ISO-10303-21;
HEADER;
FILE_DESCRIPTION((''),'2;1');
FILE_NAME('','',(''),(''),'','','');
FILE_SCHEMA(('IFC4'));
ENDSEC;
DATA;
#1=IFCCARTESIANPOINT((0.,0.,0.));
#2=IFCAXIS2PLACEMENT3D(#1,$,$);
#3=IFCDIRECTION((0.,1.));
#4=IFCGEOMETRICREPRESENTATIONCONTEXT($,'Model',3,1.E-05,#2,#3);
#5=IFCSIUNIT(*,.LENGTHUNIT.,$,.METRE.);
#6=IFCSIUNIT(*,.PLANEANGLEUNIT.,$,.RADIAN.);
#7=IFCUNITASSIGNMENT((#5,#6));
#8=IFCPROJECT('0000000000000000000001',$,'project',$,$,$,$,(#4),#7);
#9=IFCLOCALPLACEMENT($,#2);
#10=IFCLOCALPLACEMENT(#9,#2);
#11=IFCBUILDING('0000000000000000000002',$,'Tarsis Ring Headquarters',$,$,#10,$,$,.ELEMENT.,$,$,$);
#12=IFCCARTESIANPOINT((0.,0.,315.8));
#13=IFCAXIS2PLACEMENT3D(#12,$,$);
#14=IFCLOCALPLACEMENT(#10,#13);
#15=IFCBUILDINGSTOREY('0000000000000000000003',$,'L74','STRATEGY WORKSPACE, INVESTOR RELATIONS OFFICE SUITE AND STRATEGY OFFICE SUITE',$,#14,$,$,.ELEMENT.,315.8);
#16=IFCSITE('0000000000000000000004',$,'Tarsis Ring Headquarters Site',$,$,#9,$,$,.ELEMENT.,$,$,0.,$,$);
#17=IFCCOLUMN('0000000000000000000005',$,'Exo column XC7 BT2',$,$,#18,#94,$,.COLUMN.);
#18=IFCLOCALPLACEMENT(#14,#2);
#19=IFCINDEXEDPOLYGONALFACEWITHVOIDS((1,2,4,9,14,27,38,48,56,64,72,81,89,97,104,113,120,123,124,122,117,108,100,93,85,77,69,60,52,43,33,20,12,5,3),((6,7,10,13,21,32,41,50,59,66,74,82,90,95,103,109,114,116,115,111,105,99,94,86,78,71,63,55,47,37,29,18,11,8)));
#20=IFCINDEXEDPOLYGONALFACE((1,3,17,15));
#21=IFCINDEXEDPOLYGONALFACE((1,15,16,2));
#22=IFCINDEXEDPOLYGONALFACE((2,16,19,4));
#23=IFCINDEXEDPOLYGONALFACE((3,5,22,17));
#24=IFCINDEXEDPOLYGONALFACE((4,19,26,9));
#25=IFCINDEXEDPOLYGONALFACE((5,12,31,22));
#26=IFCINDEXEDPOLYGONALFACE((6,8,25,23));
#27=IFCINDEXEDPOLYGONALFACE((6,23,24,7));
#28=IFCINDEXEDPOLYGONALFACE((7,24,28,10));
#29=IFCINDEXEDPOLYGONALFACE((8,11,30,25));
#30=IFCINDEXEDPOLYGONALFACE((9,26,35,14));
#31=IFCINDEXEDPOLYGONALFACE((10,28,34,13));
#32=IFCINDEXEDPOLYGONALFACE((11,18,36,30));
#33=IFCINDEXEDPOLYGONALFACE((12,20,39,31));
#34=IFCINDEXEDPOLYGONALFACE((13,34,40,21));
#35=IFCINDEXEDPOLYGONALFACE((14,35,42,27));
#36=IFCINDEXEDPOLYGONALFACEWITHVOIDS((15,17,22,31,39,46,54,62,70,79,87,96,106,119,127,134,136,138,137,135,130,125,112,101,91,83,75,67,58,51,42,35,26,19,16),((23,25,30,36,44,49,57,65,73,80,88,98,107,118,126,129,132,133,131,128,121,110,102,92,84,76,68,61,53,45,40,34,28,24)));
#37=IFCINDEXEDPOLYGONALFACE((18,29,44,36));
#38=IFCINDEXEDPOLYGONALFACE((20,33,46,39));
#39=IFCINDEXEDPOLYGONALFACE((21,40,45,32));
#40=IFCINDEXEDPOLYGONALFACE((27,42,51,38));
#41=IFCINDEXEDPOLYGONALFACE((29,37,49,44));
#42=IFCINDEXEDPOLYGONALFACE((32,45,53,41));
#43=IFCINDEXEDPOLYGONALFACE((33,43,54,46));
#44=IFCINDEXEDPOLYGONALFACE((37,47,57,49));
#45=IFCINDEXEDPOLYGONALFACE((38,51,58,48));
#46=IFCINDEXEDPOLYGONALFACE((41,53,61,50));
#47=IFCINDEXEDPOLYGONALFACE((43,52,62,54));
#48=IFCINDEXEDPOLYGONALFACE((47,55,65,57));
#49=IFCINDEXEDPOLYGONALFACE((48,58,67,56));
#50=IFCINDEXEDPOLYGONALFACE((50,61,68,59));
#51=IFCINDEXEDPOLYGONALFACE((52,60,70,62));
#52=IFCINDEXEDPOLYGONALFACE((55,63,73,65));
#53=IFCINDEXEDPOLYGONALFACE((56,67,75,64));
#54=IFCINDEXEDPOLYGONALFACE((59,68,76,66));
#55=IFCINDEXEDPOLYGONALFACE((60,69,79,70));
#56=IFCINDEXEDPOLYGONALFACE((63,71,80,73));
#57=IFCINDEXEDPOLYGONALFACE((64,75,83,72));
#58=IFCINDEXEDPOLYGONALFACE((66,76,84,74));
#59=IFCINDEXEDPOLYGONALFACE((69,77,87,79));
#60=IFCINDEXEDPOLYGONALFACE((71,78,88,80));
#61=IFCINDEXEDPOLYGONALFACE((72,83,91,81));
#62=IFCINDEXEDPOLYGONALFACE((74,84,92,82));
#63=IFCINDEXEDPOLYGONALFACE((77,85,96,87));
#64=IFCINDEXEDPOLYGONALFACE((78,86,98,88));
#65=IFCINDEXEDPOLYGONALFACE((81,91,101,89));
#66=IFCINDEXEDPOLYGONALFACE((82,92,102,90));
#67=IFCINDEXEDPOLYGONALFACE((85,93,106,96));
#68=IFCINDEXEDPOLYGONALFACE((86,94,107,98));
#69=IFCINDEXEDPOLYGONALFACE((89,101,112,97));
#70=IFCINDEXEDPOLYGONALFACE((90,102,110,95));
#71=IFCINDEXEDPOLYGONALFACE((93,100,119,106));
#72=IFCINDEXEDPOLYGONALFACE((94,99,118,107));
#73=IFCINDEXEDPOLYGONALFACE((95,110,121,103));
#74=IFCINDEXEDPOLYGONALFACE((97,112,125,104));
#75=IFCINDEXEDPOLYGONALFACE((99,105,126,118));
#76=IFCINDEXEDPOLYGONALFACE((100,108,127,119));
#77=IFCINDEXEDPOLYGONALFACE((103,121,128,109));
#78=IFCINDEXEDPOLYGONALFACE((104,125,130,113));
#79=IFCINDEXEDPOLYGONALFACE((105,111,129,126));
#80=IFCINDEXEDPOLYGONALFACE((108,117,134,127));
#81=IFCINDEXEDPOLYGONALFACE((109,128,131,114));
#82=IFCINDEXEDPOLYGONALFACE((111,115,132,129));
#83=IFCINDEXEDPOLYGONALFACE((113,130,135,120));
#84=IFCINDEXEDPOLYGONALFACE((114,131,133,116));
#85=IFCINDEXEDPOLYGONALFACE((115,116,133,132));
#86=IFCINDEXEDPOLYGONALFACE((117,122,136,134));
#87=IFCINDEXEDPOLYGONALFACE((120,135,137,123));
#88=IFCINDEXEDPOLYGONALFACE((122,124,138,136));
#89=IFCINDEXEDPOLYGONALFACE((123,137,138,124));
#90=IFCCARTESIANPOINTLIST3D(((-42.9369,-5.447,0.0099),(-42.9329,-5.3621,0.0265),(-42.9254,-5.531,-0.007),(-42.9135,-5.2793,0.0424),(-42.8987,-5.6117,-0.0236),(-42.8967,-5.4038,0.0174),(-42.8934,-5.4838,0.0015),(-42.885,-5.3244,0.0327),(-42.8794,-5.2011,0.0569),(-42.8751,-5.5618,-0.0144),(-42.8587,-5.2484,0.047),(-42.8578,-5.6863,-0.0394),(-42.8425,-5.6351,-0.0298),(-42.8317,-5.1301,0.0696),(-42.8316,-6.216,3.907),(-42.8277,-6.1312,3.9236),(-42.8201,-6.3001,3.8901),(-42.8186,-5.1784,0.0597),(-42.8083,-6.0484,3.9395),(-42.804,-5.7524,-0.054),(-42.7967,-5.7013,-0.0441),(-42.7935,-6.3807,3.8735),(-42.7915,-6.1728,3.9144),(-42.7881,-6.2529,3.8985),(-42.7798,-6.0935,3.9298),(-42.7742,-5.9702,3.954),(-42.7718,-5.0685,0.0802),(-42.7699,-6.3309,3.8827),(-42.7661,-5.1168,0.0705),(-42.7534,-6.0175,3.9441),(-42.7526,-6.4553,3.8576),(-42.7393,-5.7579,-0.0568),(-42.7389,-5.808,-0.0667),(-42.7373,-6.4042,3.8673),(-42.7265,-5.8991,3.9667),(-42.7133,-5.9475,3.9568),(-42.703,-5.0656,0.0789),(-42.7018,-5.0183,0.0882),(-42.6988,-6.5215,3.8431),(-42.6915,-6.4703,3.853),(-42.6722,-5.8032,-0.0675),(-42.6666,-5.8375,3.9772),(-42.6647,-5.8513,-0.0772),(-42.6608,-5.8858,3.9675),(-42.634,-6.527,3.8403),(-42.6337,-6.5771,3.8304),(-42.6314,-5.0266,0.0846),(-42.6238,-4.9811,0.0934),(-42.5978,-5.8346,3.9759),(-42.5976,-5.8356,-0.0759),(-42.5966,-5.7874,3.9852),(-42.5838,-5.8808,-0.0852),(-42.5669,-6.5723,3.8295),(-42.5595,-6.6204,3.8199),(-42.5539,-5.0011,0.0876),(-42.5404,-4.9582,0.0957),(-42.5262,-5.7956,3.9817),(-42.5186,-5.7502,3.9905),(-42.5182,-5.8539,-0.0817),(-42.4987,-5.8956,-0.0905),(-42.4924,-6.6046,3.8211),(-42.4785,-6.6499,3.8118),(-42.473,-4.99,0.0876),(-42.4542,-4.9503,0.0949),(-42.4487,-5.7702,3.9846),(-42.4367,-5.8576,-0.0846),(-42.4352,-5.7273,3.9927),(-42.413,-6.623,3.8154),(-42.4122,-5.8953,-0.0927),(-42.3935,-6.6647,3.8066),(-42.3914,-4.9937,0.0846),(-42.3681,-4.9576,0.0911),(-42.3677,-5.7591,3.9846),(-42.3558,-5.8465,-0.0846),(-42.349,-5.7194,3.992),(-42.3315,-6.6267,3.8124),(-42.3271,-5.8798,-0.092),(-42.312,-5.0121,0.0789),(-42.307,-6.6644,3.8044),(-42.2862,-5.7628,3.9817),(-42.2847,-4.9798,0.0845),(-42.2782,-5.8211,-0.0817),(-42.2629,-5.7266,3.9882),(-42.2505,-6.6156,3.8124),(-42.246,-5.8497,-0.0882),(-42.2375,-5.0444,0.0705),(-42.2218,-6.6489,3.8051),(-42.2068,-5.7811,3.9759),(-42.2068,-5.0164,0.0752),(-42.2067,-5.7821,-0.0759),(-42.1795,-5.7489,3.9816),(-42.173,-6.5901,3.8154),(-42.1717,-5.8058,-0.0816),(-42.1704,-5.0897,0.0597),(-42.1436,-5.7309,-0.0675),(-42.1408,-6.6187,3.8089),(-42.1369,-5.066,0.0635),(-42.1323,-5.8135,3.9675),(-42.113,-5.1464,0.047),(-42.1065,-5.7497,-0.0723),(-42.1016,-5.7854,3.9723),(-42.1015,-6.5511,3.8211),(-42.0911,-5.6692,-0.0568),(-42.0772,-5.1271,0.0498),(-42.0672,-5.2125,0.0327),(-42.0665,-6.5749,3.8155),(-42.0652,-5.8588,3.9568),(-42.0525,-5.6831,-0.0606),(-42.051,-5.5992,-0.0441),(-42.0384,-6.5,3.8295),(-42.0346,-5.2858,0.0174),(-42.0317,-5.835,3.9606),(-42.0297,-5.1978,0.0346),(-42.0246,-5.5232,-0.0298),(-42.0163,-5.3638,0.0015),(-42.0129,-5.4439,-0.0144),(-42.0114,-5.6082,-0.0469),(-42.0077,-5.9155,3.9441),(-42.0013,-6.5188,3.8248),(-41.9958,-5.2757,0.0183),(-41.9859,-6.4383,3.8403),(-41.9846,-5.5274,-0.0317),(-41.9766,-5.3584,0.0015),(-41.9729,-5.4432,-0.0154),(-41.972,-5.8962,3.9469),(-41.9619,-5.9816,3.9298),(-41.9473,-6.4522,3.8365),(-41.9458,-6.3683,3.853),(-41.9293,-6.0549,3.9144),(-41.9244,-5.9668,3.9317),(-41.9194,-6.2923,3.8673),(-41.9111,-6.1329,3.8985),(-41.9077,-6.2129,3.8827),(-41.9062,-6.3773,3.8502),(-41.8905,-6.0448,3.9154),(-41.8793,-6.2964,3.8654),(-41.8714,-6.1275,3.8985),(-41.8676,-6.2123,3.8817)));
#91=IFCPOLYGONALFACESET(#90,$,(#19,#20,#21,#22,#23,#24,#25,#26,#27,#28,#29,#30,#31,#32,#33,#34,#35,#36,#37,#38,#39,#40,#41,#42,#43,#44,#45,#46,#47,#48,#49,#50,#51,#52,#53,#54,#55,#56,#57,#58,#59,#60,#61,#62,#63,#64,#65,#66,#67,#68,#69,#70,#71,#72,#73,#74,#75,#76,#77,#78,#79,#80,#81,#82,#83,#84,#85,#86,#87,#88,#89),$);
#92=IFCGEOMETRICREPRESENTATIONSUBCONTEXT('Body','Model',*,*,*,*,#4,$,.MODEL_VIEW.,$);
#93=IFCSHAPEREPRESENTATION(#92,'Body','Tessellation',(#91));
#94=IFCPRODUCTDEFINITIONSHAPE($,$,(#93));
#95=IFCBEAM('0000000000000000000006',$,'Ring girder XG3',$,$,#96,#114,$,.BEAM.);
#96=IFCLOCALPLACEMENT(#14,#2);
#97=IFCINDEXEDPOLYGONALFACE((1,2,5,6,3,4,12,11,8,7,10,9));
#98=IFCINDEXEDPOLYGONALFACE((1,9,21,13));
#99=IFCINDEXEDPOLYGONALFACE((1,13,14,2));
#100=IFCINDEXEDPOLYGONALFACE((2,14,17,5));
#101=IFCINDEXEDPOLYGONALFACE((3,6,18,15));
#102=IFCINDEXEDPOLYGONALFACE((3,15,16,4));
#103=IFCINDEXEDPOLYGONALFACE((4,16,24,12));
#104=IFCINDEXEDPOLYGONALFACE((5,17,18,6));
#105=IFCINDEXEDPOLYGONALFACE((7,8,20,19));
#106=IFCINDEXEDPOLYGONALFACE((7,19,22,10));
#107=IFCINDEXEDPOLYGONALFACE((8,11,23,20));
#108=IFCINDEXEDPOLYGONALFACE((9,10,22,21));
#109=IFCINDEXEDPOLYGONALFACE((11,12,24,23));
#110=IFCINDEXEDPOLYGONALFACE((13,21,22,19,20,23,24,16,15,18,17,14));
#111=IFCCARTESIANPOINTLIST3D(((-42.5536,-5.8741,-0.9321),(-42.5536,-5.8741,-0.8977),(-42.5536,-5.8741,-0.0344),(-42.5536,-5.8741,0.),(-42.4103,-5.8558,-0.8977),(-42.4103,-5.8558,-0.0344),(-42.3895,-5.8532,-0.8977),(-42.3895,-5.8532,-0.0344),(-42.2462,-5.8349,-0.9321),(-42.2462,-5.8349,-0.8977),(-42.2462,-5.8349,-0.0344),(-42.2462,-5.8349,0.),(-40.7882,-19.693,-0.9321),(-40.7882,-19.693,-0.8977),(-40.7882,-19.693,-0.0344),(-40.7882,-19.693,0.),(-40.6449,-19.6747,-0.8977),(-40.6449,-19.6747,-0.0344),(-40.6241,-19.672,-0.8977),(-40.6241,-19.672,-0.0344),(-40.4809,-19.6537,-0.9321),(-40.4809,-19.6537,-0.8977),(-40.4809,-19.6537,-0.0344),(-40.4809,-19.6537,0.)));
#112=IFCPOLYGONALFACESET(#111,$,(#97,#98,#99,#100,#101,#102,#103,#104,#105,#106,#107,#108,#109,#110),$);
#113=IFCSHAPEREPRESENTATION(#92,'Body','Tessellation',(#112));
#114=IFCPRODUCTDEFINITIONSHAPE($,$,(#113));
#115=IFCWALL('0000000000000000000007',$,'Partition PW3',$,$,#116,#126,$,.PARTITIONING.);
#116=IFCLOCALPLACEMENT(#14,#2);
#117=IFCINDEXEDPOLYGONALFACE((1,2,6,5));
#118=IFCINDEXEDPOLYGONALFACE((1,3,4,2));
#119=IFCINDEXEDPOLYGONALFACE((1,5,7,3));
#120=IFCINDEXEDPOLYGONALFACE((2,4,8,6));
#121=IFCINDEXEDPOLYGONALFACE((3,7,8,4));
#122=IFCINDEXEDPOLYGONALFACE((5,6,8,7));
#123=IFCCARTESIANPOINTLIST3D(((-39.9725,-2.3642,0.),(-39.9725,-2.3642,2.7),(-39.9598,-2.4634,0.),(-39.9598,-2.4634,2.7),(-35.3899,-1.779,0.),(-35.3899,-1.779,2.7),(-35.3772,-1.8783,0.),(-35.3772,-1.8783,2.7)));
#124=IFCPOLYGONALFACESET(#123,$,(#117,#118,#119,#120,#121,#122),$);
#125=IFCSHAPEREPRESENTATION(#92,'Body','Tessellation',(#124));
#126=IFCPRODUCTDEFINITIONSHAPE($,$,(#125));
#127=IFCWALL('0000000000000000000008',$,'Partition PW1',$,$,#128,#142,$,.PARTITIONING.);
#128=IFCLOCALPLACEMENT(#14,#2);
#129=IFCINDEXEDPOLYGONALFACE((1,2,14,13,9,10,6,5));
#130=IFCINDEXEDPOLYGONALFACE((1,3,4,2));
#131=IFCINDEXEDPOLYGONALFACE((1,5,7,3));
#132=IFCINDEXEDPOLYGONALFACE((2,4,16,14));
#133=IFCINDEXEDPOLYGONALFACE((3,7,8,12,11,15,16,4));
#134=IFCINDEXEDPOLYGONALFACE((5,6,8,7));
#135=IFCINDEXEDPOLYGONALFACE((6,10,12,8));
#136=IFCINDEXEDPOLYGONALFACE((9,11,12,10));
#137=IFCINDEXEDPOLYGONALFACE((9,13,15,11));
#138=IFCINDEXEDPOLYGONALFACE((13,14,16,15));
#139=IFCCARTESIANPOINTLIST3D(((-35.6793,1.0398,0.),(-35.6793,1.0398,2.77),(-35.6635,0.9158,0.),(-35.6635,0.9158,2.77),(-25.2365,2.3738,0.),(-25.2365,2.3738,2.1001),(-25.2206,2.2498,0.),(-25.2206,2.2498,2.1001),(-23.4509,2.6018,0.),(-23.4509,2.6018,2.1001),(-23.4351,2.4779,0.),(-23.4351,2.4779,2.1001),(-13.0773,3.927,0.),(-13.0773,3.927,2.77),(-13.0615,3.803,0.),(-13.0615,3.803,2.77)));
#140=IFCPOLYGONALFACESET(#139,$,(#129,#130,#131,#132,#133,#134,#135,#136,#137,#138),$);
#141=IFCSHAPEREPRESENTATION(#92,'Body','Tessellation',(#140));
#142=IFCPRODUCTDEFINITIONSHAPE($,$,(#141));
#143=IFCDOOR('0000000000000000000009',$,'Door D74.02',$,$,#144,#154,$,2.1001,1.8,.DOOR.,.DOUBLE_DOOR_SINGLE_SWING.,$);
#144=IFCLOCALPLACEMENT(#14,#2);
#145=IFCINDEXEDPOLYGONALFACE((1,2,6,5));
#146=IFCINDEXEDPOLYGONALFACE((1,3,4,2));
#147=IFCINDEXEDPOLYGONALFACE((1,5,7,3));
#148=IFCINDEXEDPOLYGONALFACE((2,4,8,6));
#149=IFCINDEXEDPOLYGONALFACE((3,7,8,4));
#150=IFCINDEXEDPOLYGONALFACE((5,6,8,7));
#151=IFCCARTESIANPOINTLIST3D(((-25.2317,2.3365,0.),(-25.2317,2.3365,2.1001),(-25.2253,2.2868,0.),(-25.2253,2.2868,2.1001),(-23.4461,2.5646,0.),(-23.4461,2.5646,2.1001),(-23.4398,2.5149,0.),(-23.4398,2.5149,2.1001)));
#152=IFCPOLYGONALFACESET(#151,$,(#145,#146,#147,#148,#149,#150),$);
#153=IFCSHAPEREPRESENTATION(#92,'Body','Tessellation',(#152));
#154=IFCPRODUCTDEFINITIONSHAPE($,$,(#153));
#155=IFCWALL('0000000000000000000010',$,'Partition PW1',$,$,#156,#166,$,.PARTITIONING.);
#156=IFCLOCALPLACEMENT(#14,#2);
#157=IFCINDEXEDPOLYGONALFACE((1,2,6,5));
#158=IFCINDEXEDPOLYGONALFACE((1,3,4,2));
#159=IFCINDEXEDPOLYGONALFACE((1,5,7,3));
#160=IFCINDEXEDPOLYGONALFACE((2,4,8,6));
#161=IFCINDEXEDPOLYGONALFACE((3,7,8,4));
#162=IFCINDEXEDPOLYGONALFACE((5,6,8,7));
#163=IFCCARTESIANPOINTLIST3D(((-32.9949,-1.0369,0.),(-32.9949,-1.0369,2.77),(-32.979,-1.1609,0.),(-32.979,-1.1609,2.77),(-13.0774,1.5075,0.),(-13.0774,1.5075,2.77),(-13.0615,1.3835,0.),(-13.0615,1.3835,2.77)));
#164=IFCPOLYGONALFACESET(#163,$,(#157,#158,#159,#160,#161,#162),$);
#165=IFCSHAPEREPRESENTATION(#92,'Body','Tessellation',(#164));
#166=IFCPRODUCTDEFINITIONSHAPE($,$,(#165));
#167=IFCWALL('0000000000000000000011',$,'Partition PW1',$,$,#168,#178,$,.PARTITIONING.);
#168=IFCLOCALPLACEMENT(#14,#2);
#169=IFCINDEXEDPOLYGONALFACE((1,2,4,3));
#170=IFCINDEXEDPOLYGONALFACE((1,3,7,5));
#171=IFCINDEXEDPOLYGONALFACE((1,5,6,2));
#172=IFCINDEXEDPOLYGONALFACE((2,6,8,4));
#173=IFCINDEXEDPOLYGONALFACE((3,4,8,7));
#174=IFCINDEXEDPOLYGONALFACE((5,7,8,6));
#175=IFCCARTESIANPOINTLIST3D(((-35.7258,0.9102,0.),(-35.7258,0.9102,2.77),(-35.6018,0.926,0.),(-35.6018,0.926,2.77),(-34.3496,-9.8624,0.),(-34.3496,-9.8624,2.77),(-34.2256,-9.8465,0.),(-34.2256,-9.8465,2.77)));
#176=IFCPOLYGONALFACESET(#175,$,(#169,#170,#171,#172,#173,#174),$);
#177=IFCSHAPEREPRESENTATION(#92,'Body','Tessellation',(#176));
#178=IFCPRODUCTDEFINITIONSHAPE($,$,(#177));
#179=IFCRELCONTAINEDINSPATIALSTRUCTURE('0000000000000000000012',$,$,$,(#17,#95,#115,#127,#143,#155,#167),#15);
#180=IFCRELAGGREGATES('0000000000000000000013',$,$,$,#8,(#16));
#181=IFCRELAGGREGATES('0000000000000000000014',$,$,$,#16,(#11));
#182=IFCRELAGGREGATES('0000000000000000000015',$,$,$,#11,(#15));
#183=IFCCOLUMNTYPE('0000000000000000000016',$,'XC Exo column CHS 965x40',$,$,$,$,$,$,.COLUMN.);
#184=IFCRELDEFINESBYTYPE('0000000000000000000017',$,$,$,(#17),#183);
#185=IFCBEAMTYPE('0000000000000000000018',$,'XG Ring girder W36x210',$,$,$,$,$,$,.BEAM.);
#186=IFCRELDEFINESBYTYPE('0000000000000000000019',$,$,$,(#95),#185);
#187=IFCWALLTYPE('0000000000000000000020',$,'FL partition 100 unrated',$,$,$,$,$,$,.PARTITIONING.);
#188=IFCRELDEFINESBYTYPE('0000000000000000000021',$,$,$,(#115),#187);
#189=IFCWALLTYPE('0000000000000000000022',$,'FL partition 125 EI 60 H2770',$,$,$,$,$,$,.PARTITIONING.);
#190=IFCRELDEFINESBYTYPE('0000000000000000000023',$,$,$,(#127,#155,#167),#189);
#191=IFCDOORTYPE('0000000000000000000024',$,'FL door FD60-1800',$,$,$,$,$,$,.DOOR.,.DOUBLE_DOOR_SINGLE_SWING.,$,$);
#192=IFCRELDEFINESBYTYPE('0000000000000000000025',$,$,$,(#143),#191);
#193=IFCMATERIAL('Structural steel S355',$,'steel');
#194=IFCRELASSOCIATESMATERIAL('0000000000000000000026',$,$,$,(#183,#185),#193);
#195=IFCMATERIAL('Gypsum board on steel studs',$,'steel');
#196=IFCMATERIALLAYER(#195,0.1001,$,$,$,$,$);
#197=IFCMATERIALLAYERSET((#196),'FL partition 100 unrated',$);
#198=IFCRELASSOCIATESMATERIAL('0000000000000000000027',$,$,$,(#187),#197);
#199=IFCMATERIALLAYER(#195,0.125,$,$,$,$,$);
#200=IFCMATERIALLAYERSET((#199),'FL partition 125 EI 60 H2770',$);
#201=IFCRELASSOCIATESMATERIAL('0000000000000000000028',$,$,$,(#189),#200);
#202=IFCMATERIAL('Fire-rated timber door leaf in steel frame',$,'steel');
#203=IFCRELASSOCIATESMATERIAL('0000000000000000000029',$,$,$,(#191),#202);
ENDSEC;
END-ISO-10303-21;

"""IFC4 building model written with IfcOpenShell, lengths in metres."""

from ifc_helpers import new_model, si_unit, direction, frame, frame_2d, origin, origin_2d, place, context, subcontext, project, spatial, rectangle, hollow_circle, i_section, extrude, material, layer, layer_set, material_profile, profile_set, type_object, element, fill, save


model = new_model("IFC4")

# Units and contexts
model_context = context("Model", 3, precision=1e-05, world=origin(), true_north=direction((0.0, 1.0)))
body_context = subcontext(model_context, "Body", "Model", "MODEL_VIEW")
ifc_project = project(units=[si_unit("LENGTHUNIT", "METRE"), si_unit("PLANEANGLEUNIT", "RADIAN")], contexts=[model_context])

# Site, building, storey
site_placement = place(None, origin())
site = spatial("IfcSite", under=ifc_project, at=site_placement, Name="Tarsis Ring Headquarters Site", CompositionType="ELEMENT", RefElevation=0.0)
building_placement = place(site_placement, origin())
building = spatial("IfcBuilding", under=site, at=building_placement, Name="Tarsis Ring Headquarters", CompositionType="ELEMENT")
storey_placement = place(building_placement, frame((0.0, 0.0, 315.8)))
storey = spatial("IfcBuildingStorey", under=building, at=storey_placement, Name="L74", Description="STRATEGY WORKSPACE, INVESTOR RELATIONS OFFICE SUITE AND STRATEGY OFFICE SUITE", CompositionType="ELEMENT", Elevation=315.8)

# Column
ifc_material_1 = material(Name="Structural steel S355", Category="steel")
ifc_material_profile_1 = material_profile(ifc_material_1, hollow_circle(Radius=0.4827, WallThickness=0.04, at=origin_2d()), Name="CHS 965x40")
ifc_profile_set_1 = profile_set([ifc_material_profile_1], Name="Structural steel S355")
column_type = type_object("IfcColumnType", Name="XC Exo column CHS 965x40", PredefinedType="COLUMN", material=ifc_profile_set_1)
column_placement = place(storey_placement, frame((-42.4548, -5.4238, 0.0015), z_axis=(0.026481, -0.193542, 0.980735), x_axis=(0.990769, 0.135562, 0.0)))
element("IfcColumn", 1, at=column_placement, inside=storey, type_object=column_type, Name="Exo column XC7 BT2", PredefinedType="COLUMN", context=body_context, shape_type="SweptSolid", body=[
    extrude(hollow_circle(Radius=0.4827, WallThickness=0.04, at=origin_2d()), origin(), (0.0, 0.0, 1.0), 3.9736),
])

# Beam
ifc_material_profile_2 = material_profile(ifc_material_1, i_section(OverallWidth=0.3098, OverallDepth=0.9321, WebThickness=0.021, FlangeThickness=0.0344, at=origin_2d()), Name="W36x210")
ifc_profile_set_2 = profile_set([ifc_material_profile_2], Name="Structural steel S355")
beam_type = type_object("IfcBeamType", Name="XG Ring girder W36x210", PredefinedType="BEAM", material=ifc_profile_set_2)
beam_placement = place(storey_placement, frame((-42.3999, -5.8545, -0.4661), z_axis=(0.126722, -0.991938, 0.0), x_axis=(0.991938, 0.126722, 0.0)))
element("IfcBeam", 2, at=beam_placement, inside=storey, type_object=beam_type, Name="Ring girder XG3", PredefinedType="BEAM", context=body_context, shape_type="SweptSolid", body=[
    extrude(i_section(OverallWidth=0.3098, OverallDepth=0.9321, WebThickness=0.021, FlangeThickness=0.0344, at=origin_2d()), origin(), (0.0, 0.0, 1.0), 13.9312),
])

# Wall
ifc_material_2 = material(Name="Gypsum board on steel studs", Category="steel")
ifc_layer_1 = layer(ifc_material_2, 0.1001)
ifc_layer_set_1 = layer_set([ifc_layer_1], Name="FL partition 100 unrated")
wall_type_1 = type_object("IfcWallType", Name="FL partition 100 unrated", PredefinedType="PARTITIONING", material=ifc_layer_set_1)
wall_1_placement = place(storey_placement, frame((-39.9663, -2.4138, 0.0), z_axis=(0.0, 0.0, 1.0), x_axis=(0.991945, 0.126668, 0.0)))
element("IfcWall", 3, at=wall_1_placement, inside=storey, type_object=wall_type_1, Name="Partition PW3", PredefinedType="PARTITIONING", context=body_context, shape_type="SweptSolid", body=[
    extrude(rectangle(XDim=4.6199, YDim=0.1001, at=frame_2d((2.3101, 0.0))), origin(), (0.0, 0.0, 1.0), 2.7),
])

# Wall, opening, door
ifc_layer_2 = layer(ifc_material_2, 0.125)
ifc_layer_set_2 = layer_set([ifc_layer_2], Name="FL partition 125 EI 60 H2770")
wall_type_2 = type_object("IfcWallType", Name="FL partition 125 EI 60 H2770", PredefinedType="PARTITIONING", material=ifc_layer_set_2)
wall_2_placement = place(storey_placement, frame((-35.6714, 0.9778, 0.0), z_axis=(0.0, 0.0, 1.0), x_axis=(0.99194, 0.126711, 0.0)))
wall_2 = element("IfcWall", 4, at=wall_2_placement, inside=storey, type_object=wall_type_2, Name="Partition PW1", PredefinedType="PARTITIONING", context=body_context, shape_type="SweptSolid", body=[
    extrude(rectangle(XDim=22.7856, YDim=0.125, at=frame_2d((11.3928, 0.0))), origin(), (0.0, 0.0, 1.0), 2.77),
])
opening_1_placement = place(wall_2_placement, frame((10.5278, 0.0, 0.0)))
opening_1 = element("IfcOpeningElement", 5, at=opening_1_placement, cuts=wall_2, PredefinedType="OPENING", context=body_context, shape_type="SweptSolid", body=[
    extrude(rectangle(XDim=1.8, YDim=2.1001, at=frame_2d((0.8999, 1.05))), frame((0.0, 0.0725, 0.0), z_axis=(0.0, -1.0, 0.0), x_axis=(1.0, 0.0, 0.0)), (0.0, 0.0, 1.0), 0.145),
])
ifc_material_3 = material(Name="Fire-rated timber door leaf in steel frame", Category="steel")
door_type = type_object("IfcDoorType", Name="FL door FD60-1800", OperationType="DOUBLE_DOOR_SINGLE_SWING", PredefinedType="DOOR", material=ifc_material_3)
door_placement = place(opening_1_placement, origin())
door = element("IfcDoor", 6, at=door_placement, inside=storey, type_object=door_type, Name="Door D74.02", OperationType="DOUBLE_DOOR_SINGLE_SWING", OverallHeight=2.1001, OverallWidth=1.8, PredefinedType="DOOR", context=body_context, shape_type="SweptSolid", body=[
    extrude(rectangle(XDim=1.8, YDim=2.1001, at=frame_2d((0.8999, 1.05))), frame((0.0, 0.0249, 0.0), z_axis=(0.0, -1.0, 0.0), x_axis=(1.0, 0.0, 0.0)), (0.0, 0.0, 1.0), 0.05),
])
fill(opening_1, door)

# Walls
wall_3_placement = place(storey_placement, frame((-32.9868, -1.0989, 0.0), z_axis=(0.0, 0.0, 1.0), x_axis=(0.991939, 0.126719, 0.0)))
element("IfcWall", 7, at=wall_3_placement, inside=storey, type_object=wall_type_2, Name="Partition PW1", PredefinedType="PARTITIONING", context=body_context, shape_type="SweptSolid", body=[
    extrude(rectangle(XDim=20.0793, YDim=0.125, at=frame_2d((10.0396, 0.0))), origin(), (0.0, 0.0, 1.0), 2.77),
])
wall_4_placement = place(storey_placement, frame((-35.6638, 0.9182, 0.0), z_axis=(0.0, 0.0, 1.0), x_axis=(0.126724, -0.991938, 0.0)))
element("IfcWall", 8, at=wall_4_placement, inside=storey, type_object=wall_type_2, Name="Partition PW1", PredefinedType="PARTITIONING", context=body_context, shape_type="SweptSolid", body=[
    extrude(rectangle(XDim=10.8601, YDim=0.125, at=frame_2d((5.4302, 0.0))), origin(), (0.0, 0.0, 1.0), 2.77),
])

save(model, "model.ifc")
